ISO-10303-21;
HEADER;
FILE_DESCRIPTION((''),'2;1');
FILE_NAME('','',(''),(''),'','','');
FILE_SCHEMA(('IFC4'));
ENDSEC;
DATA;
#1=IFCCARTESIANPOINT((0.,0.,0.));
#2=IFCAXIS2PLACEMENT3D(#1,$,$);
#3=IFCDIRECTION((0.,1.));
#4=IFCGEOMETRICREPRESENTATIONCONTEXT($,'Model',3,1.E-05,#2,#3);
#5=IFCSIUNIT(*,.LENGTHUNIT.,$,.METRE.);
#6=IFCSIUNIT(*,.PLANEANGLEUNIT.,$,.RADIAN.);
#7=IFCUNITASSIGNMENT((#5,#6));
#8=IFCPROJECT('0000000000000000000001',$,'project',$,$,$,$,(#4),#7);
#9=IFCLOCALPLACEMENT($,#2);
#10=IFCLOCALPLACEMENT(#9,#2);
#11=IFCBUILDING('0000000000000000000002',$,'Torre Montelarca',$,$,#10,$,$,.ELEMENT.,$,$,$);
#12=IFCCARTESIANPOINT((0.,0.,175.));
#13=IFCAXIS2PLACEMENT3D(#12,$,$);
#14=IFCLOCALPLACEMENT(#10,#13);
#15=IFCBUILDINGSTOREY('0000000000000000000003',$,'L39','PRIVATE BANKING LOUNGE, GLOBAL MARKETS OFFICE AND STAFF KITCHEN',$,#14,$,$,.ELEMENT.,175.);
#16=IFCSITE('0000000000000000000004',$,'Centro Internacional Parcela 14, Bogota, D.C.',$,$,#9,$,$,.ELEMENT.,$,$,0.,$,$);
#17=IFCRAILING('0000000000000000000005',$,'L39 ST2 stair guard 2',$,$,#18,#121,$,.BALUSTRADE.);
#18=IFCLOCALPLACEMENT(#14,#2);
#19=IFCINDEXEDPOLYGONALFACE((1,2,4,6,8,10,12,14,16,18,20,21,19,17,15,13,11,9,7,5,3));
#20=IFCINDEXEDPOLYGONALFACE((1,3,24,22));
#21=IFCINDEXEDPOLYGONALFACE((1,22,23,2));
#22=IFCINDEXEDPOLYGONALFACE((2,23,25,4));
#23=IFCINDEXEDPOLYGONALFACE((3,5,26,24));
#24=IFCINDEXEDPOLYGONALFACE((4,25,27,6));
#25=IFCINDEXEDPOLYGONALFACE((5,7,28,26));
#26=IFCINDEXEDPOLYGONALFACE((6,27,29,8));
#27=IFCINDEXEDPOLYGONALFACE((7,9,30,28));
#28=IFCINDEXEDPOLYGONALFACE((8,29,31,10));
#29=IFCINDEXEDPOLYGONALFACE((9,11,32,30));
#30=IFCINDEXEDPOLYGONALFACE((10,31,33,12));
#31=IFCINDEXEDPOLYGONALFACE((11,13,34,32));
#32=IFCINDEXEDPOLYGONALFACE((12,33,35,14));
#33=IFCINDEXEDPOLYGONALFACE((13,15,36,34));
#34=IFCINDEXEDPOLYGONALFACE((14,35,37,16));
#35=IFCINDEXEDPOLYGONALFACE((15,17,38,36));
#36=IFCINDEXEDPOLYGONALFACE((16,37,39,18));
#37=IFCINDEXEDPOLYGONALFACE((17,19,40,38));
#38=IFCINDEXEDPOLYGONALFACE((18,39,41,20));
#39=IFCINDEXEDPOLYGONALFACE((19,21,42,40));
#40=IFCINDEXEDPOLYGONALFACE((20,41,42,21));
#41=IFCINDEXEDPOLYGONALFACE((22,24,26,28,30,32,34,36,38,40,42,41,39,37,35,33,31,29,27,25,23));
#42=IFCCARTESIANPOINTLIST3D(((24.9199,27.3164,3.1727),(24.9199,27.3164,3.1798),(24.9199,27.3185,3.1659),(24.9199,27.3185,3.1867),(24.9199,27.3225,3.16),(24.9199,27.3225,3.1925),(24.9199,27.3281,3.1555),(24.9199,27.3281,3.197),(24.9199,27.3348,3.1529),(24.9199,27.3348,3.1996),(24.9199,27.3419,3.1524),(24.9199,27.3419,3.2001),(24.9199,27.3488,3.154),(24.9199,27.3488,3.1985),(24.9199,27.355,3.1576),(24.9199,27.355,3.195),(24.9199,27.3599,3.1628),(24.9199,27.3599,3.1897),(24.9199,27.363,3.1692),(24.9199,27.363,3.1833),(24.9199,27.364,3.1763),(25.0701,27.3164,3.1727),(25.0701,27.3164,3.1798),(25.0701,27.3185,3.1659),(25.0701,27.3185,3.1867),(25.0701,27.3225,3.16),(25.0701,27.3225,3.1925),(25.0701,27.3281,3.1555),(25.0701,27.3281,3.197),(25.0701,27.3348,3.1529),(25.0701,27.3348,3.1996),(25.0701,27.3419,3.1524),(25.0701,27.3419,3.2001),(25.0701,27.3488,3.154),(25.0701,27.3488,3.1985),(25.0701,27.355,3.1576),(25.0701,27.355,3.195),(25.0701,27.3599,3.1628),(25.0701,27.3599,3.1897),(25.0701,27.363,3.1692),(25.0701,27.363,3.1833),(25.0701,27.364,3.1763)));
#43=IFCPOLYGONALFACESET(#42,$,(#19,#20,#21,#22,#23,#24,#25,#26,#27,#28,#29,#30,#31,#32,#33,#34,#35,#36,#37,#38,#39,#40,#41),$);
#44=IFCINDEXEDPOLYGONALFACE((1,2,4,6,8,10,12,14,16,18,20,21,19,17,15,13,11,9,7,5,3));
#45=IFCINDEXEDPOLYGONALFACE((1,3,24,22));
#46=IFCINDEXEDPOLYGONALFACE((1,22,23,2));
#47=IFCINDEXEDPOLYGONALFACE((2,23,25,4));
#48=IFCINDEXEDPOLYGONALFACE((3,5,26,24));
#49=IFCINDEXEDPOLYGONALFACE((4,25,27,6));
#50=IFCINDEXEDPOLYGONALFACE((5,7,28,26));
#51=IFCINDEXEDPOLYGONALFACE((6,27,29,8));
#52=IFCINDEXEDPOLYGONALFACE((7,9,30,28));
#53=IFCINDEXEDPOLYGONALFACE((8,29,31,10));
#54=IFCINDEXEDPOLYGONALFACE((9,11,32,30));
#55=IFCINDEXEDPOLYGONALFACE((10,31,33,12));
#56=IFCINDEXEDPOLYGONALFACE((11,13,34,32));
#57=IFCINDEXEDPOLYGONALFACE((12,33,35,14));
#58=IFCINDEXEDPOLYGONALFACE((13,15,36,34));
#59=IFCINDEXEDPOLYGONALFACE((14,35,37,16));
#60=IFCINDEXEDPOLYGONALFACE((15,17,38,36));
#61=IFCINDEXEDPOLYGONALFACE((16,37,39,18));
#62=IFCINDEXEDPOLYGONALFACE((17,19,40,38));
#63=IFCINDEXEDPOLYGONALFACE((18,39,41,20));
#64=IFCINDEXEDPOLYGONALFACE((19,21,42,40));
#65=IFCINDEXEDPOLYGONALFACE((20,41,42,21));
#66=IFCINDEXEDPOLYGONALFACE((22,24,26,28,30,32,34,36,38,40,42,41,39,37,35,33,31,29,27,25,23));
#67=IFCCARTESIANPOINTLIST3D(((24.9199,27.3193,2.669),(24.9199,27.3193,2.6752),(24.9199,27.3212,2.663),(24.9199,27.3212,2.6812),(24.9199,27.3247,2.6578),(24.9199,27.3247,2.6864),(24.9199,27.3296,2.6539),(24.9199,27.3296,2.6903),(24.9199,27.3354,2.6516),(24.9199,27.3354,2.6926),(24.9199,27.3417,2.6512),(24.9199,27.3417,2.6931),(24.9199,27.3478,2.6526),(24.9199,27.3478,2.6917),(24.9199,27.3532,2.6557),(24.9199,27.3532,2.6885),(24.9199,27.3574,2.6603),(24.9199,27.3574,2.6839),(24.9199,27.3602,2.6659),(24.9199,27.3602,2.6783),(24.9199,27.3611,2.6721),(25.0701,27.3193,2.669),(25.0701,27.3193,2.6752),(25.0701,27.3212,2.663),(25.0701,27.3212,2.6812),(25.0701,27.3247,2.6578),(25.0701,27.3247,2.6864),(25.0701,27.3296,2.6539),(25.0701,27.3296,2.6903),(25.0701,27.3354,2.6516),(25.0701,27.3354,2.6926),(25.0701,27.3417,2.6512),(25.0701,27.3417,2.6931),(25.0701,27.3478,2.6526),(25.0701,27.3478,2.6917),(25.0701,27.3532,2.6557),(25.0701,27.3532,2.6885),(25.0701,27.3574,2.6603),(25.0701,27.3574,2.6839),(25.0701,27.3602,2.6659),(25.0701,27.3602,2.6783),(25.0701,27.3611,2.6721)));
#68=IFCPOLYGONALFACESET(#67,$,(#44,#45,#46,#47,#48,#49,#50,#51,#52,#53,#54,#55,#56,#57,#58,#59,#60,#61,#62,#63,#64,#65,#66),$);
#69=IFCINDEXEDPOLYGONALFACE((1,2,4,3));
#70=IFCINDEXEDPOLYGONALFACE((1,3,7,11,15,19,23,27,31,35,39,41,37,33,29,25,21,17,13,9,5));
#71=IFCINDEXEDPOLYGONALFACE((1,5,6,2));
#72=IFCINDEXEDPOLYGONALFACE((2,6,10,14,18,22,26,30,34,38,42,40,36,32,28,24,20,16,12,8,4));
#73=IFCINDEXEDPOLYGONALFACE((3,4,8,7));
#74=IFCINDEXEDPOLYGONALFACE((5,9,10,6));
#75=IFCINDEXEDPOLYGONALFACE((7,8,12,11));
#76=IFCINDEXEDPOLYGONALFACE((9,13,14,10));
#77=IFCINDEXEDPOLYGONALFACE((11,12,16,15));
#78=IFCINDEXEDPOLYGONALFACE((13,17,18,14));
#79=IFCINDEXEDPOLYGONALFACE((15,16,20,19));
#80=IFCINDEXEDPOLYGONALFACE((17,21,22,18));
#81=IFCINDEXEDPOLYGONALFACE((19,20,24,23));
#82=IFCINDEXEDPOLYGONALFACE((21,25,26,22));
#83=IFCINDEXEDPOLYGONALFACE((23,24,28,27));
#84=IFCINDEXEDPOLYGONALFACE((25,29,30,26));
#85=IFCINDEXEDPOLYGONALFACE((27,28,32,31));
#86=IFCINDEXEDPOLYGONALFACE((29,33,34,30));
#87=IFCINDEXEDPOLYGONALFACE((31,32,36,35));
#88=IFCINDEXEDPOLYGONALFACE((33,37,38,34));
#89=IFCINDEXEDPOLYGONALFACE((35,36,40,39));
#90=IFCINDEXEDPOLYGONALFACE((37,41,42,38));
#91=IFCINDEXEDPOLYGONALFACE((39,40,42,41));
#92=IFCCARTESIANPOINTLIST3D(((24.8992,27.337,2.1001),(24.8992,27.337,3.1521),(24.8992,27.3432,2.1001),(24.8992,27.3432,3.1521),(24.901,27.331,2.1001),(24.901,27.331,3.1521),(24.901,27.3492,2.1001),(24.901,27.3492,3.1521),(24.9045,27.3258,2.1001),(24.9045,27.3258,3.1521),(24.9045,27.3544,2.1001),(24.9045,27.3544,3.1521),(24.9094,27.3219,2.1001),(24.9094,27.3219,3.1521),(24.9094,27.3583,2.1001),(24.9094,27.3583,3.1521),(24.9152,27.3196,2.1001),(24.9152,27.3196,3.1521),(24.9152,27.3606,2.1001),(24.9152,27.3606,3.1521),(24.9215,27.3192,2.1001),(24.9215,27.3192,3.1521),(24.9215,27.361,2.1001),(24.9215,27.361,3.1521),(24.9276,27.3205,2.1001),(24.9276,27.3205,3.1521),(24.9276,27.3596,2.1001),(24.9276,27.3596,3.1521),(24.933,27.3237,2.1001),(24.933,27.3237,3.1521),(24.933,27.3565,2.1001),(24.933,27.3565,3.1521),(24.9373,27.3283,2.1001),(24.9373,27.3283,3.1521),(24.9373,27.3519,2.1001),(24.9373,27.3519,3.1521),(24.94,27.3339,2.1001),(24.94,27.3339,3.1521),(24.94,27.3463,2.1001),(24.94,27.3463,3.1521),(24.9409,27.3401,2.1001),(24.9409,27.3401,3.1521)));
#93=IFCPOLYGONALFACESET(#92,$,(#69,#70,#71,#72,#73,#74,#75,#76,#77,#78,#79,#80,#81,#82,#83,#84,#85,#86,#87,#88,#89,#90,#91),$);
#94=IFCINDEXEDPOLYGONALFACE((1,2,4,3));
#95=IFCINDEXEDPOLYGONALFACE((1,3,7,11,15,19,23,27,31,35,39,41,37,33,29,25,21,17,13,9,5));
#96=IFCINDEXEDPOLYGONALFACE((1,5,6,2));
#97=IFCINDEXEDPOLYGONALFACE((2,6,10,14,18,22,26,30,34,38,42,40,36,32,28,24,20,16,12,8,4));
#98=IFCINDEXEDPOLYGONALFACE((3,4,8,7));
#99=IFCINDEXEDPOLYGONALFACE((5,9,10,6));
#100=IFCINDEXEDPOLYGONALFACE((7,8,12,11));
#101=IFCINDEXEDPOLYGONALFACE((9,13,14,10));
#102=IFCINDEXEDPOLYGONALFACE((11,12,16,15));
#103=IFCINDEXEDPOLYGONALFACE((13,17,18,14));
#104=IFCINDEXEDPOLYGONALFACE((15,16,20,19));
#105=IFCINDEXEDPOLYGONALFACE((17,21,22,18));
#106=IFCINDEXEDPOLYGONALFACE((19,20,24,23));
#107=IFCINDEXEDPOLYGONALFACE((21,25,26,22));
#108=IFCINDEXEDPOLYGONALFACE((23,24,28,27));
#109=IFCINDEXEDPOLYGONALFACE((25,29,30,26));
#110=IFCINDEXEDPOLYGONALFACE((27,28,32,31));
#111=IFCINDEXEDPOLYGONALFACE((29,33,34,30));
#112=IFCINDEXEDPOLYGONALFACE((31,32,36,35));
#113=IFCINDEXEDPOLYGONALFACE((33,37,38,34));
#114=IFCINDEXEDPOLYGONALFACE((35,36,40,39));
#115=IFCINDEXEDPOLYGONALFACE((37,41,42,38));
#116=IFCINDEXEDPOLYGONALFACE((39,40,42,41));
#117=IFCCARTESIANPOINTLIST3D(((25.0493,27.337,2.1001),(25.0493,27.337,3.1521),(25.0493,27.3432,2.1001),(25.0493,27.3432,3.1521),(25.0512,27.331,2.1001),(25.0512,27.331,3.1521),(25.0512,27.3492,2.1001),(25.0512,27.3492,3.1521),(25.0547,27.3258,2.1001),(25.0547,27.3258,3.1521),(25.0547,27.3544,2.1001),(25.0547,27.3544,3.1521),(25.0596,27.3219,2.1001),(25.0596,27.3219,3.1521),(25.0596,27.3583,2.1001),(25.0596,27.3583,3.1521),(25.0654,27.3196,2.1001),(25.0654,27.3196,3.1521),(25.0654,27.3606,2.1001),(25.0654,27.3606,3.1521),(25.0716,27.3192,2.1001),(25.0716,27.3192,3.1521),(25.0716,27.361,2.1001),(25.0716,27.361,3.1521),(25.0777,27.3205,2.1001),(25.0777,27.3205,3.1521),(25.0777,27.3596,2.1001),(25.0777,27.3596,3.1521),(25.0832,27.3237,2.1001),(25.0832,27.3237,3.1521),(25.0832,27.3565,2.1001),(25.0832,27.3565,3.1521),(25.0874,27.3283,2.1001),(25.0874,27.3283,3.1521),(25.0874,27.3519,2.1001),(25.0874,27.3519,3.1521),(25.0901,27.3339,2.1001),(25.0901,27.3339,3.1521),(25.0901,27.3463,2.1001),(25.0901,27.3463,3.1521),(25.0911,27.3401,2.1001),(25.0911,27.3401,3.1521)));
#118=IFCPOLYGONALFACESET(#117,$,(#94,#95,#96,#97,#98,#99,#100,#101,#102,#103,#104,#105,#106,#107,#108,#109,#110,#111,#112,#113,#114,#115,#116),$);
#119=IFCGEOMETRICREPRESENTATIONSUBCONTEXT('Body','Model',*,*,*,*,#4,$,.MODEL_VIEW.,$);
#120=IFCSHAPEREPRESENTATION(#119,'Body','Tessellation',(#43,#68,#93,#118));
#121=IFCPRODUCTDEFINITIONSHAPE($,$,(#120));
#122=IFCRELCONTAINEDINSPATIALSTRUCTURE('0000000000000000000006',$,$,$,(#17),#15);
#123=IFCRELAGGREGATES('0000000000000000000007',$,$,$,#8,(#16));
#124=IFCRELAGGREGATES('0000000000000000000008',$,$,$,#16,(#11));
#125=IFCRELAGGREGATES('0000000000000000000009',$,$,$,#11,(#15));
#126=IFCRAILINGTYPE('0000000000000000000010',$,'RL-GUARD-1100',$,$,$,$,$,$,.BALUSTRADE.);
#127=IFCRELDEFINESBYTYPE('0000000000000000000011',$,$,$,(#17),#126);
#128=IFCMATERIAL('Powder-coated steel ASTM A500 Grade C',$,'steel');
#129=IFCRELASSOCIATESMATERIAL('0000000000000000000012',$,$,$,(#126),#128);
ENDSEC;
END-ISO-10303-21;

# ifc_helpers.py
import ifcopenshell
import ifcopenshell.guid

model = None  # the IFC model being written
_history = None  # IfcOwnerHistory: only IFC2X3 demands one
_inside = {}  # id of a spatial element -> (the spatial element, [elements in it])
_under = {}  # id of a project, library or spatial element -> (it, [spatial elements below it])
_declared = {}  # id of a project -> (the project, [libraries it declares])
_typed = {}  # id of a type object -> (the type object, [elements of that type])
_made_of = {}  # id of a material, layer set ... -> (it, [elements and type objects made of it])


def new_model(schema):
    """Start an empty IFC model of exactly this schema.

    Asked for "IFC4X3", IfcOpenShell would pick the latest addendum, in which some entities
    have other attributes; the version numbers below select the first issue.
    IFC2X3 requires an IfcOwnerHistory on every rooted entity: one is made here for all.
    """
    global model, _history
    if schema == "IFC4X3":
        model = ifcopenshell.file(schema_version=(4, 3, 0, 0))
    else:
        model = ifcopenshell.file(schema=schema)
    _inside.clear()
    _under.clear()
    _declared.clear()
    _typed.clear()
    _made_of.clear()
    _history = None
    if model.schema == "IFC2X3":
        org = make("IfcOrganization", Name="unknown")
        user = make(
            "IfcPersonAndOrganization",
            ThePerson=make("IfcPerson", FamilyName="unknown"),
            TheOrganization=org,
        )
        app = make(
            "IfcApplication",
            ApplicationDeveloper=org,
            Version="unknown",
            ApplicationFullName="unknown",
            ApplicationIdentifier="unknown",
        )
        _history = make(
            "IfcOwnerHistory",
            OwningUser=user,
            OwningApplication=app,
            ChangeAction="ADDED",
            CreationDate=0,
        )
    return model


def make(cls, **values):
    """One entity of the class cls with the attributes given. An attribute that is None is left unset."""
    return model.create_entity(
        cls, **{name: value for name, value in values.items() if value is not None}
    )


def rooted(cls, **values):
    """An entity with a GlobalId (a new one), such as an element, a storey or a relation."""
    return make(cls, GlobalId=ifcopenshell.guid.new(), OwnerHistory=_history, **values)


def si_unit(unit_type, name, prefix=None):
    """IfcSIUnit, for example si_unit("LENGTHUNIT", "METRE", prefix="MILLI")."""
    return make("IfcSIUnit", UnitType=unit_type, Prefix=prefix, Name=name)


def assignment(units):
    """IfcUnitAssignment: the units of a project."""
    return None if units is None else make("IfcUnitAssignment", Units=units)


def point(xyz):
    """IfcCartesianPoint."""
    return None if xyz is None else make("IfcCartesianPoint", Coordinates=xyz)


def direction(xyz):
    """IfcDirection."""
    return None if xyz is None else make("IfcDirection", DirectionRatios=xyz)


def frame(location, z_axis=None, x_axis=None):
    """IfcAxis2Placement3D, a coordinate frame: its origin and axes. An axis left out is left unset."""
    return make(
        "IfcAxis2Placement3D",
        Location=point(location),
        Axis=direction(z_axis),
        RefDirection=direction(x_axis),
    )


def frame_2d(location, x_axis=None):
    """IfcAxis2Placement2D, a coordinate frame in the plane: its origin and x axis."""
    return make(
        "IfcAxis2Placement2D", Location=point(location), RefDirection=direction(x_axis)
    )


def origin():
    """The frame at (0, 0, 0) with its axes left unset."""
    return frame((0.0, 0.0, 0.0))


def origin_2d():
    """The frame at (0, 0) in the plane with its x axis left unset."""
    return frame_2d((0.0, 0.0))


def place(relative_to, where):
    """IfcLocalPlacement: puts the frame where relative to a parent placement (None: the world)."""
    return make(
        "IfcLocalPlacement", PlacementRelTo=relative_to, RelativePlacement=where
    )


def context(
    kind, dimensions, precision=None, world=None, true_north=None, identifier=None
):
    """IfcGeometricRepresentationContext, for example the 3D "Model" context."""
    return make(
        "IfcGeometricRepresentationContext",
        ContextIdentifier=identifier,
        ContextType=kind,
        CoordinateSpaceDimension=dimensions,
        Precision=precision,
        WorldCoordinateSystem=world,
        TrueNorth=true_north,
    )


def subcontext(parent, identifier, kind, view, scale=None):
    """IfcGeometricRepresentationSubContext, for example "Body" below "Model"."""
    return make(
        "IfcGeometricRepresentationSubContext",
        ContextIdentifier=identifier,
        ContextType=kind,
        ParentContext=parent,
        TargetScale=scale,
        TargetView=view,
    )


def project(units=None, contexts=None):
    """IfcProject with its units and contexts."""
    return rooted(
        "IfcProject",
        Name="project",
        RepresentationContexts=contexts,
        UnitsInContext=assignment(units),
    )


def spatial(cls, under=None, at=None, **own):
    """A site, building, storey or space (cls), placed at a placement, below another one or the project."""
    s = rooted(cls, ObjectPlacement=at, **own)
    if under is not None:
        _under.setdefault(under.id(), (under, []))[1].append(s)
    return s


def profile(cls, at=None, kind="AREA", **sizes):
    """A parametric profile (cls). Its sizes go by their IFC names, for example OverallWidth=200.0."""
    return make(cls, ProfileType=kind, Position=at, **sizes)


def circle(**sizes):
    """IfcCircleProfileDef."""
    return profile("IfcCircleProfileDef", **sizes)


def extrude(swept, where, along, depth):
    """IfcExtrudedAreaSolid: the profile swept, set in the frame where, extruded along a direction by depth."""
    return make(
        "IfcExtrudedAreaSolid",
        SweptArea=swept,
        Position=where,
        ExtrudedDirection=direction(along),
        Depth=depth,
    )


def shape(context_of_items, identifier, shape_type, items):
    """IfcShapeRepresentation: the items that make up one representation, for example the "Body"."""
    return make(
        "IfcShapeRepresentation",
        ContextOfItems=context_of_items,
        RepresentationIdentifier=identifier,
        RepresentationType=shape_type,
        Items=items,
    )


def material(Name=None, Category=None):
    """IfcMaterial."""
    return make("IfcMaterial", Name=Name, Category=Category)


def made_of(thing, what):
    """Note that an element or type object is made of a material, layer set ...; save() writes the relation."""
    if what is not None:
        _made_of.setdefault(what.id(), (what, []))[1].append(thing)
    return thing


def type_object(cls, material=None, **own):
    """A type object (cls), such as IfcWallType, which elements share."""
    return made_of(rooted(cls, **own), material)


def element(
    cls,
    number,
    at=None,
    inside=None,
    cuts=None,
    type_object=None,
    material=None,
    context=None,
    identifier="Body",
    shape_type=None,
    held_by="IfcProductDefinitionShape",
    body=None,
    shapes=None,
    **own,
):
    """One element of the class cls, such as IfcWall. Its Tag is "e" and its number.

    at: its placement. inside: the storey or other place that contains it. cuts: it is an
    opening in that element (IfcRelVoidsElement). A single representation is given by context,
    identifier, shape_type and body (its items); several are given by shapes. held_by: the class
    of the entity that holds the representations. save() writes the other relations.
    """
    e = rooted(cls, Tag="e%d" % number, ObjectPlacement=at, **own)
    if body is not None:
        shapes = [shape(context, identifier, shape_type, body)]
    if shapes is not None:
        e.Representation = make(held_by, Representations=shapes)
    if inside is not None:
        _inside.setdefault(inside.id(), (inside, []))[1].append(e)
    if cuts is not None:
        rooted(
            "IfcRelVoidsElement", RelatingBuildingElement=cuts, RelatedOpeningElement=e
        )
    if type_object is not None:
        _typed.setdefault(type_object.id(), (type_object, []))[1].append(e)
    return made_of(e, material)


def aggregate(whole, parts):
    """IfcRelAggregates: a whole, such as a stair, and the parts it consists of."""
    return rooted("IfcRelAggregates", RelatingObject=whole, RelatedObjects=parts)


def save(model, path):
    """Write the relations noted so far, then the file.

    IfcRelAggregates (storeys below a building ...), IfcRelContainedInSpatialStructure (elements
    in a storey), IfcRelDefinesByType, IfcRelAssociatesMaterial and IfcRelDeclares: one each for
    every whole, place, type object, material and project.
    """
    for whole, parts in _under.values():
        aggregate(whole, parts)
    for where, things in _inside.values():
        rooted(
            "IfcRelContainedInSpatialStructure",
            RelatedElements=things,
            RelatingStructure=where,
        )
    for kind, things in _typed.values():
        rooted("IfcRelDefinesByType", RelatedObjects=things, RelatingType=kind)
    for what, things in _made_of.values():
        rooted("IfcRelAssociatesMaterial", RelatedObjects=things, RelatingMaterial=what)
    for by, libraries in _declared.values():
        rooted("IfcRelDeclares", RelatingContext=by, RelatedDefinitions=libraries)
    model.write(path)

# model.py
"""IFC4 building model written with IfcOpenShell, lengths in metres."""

from ifc_helpers import new_model, si_unit, direction, frame, origin, origin_2d, place, context, subcontext, project, spatial, circle, extrude, material, type_object, element, save


model = new_model("IFC4")

# Units and contexts
model_context = context("Model", 3, precision=1e-05, world=origin(), true_north=direction((0.0, 1.0)))
body_context = subcontext(model_context, "Body", "Model", "MODEL_VIEW")
ifc_project = project(units=[si_unit("LENGTHUNIT", "METRE"), si_unit("PLANEANGLEUNIT", "RADIAN")], contexts=[model_context])

# Site, building, storey
site_placement = place(None, origin())
site = spatial("IfcSite", under=ifc_project, at=site_placement, Name="Centro Internacional Parcela 14, Bogota, D.C.", CompositionType="ELEMENT", RefElevation=0.0)
building_placement = place(site_placement, origin())
building = spatial("IfcBuilding", under=site, at=building_placement, Name="Torre Montelarca", CompositionType="ELEMENT")
storey_placement = place(building_placement, frame((0.0, 0.0, 175.0)))
storey = spatial("IfcBuildingStorey", under=building, at=storey_placement, Name="L39", Description="PRIVATE BANKING LOUNGE, GLOBAL MARKETS OFFICE AND STAFF KITCHEN", CompositionType="ELEMENT", Elevation=175.0)

# Railing
ifc_material_1 = material(Name="Powder-coated steel ASTM A500 Grade C", Category="steel")
railing_type_1 = type_object("IfcRailingType", Name="RL-GUARD-1100", PredefinedType="BALUSTRADE", material=ifc_material_1)
railing_1_placement = place(storey_placement, frame((24.9199, 27.3401, 2.1001)))
element("IfcRailing", 1, at=railing_1_placement, inside=storey, type_object=railing_type_1, Name="L39 ST2 stair guard 2", PredefinedType="BALUSTRADE", context=body_context, shape_type="SweptSolid", body=[
    extrude(circle(Radius=0.0239, at=origin_2d()), frame((0.0, 0.0, 1.0762), z_axis=(1.0, 0.0, 0.0), x_axis=(0.0, 1.0, 0.0)), (0.0, 0.0, 1.0), 0.1501),
    extrude(circle(Radius=0.021, at=origin_2d()), frame((0.0, 0.0, 0.572), z_axis=(1.0, 0.0, 0.0), x_axis=(0.0, 1.0, 0.0)), (0.0, 0.0, 1.0), 0.1501),
    extrude(circle(Radius=0.021, at=origin_2d()), origin(), (0.0, 0.0, 1.0), 1.052),
    extrude(circle(Radius=0.021, at=origin_2d()), frame((0.1501, 0.0, 0.0)), (0.0, 0.0, 1.0), 1.052),
])

save(model, "model.ifc")
